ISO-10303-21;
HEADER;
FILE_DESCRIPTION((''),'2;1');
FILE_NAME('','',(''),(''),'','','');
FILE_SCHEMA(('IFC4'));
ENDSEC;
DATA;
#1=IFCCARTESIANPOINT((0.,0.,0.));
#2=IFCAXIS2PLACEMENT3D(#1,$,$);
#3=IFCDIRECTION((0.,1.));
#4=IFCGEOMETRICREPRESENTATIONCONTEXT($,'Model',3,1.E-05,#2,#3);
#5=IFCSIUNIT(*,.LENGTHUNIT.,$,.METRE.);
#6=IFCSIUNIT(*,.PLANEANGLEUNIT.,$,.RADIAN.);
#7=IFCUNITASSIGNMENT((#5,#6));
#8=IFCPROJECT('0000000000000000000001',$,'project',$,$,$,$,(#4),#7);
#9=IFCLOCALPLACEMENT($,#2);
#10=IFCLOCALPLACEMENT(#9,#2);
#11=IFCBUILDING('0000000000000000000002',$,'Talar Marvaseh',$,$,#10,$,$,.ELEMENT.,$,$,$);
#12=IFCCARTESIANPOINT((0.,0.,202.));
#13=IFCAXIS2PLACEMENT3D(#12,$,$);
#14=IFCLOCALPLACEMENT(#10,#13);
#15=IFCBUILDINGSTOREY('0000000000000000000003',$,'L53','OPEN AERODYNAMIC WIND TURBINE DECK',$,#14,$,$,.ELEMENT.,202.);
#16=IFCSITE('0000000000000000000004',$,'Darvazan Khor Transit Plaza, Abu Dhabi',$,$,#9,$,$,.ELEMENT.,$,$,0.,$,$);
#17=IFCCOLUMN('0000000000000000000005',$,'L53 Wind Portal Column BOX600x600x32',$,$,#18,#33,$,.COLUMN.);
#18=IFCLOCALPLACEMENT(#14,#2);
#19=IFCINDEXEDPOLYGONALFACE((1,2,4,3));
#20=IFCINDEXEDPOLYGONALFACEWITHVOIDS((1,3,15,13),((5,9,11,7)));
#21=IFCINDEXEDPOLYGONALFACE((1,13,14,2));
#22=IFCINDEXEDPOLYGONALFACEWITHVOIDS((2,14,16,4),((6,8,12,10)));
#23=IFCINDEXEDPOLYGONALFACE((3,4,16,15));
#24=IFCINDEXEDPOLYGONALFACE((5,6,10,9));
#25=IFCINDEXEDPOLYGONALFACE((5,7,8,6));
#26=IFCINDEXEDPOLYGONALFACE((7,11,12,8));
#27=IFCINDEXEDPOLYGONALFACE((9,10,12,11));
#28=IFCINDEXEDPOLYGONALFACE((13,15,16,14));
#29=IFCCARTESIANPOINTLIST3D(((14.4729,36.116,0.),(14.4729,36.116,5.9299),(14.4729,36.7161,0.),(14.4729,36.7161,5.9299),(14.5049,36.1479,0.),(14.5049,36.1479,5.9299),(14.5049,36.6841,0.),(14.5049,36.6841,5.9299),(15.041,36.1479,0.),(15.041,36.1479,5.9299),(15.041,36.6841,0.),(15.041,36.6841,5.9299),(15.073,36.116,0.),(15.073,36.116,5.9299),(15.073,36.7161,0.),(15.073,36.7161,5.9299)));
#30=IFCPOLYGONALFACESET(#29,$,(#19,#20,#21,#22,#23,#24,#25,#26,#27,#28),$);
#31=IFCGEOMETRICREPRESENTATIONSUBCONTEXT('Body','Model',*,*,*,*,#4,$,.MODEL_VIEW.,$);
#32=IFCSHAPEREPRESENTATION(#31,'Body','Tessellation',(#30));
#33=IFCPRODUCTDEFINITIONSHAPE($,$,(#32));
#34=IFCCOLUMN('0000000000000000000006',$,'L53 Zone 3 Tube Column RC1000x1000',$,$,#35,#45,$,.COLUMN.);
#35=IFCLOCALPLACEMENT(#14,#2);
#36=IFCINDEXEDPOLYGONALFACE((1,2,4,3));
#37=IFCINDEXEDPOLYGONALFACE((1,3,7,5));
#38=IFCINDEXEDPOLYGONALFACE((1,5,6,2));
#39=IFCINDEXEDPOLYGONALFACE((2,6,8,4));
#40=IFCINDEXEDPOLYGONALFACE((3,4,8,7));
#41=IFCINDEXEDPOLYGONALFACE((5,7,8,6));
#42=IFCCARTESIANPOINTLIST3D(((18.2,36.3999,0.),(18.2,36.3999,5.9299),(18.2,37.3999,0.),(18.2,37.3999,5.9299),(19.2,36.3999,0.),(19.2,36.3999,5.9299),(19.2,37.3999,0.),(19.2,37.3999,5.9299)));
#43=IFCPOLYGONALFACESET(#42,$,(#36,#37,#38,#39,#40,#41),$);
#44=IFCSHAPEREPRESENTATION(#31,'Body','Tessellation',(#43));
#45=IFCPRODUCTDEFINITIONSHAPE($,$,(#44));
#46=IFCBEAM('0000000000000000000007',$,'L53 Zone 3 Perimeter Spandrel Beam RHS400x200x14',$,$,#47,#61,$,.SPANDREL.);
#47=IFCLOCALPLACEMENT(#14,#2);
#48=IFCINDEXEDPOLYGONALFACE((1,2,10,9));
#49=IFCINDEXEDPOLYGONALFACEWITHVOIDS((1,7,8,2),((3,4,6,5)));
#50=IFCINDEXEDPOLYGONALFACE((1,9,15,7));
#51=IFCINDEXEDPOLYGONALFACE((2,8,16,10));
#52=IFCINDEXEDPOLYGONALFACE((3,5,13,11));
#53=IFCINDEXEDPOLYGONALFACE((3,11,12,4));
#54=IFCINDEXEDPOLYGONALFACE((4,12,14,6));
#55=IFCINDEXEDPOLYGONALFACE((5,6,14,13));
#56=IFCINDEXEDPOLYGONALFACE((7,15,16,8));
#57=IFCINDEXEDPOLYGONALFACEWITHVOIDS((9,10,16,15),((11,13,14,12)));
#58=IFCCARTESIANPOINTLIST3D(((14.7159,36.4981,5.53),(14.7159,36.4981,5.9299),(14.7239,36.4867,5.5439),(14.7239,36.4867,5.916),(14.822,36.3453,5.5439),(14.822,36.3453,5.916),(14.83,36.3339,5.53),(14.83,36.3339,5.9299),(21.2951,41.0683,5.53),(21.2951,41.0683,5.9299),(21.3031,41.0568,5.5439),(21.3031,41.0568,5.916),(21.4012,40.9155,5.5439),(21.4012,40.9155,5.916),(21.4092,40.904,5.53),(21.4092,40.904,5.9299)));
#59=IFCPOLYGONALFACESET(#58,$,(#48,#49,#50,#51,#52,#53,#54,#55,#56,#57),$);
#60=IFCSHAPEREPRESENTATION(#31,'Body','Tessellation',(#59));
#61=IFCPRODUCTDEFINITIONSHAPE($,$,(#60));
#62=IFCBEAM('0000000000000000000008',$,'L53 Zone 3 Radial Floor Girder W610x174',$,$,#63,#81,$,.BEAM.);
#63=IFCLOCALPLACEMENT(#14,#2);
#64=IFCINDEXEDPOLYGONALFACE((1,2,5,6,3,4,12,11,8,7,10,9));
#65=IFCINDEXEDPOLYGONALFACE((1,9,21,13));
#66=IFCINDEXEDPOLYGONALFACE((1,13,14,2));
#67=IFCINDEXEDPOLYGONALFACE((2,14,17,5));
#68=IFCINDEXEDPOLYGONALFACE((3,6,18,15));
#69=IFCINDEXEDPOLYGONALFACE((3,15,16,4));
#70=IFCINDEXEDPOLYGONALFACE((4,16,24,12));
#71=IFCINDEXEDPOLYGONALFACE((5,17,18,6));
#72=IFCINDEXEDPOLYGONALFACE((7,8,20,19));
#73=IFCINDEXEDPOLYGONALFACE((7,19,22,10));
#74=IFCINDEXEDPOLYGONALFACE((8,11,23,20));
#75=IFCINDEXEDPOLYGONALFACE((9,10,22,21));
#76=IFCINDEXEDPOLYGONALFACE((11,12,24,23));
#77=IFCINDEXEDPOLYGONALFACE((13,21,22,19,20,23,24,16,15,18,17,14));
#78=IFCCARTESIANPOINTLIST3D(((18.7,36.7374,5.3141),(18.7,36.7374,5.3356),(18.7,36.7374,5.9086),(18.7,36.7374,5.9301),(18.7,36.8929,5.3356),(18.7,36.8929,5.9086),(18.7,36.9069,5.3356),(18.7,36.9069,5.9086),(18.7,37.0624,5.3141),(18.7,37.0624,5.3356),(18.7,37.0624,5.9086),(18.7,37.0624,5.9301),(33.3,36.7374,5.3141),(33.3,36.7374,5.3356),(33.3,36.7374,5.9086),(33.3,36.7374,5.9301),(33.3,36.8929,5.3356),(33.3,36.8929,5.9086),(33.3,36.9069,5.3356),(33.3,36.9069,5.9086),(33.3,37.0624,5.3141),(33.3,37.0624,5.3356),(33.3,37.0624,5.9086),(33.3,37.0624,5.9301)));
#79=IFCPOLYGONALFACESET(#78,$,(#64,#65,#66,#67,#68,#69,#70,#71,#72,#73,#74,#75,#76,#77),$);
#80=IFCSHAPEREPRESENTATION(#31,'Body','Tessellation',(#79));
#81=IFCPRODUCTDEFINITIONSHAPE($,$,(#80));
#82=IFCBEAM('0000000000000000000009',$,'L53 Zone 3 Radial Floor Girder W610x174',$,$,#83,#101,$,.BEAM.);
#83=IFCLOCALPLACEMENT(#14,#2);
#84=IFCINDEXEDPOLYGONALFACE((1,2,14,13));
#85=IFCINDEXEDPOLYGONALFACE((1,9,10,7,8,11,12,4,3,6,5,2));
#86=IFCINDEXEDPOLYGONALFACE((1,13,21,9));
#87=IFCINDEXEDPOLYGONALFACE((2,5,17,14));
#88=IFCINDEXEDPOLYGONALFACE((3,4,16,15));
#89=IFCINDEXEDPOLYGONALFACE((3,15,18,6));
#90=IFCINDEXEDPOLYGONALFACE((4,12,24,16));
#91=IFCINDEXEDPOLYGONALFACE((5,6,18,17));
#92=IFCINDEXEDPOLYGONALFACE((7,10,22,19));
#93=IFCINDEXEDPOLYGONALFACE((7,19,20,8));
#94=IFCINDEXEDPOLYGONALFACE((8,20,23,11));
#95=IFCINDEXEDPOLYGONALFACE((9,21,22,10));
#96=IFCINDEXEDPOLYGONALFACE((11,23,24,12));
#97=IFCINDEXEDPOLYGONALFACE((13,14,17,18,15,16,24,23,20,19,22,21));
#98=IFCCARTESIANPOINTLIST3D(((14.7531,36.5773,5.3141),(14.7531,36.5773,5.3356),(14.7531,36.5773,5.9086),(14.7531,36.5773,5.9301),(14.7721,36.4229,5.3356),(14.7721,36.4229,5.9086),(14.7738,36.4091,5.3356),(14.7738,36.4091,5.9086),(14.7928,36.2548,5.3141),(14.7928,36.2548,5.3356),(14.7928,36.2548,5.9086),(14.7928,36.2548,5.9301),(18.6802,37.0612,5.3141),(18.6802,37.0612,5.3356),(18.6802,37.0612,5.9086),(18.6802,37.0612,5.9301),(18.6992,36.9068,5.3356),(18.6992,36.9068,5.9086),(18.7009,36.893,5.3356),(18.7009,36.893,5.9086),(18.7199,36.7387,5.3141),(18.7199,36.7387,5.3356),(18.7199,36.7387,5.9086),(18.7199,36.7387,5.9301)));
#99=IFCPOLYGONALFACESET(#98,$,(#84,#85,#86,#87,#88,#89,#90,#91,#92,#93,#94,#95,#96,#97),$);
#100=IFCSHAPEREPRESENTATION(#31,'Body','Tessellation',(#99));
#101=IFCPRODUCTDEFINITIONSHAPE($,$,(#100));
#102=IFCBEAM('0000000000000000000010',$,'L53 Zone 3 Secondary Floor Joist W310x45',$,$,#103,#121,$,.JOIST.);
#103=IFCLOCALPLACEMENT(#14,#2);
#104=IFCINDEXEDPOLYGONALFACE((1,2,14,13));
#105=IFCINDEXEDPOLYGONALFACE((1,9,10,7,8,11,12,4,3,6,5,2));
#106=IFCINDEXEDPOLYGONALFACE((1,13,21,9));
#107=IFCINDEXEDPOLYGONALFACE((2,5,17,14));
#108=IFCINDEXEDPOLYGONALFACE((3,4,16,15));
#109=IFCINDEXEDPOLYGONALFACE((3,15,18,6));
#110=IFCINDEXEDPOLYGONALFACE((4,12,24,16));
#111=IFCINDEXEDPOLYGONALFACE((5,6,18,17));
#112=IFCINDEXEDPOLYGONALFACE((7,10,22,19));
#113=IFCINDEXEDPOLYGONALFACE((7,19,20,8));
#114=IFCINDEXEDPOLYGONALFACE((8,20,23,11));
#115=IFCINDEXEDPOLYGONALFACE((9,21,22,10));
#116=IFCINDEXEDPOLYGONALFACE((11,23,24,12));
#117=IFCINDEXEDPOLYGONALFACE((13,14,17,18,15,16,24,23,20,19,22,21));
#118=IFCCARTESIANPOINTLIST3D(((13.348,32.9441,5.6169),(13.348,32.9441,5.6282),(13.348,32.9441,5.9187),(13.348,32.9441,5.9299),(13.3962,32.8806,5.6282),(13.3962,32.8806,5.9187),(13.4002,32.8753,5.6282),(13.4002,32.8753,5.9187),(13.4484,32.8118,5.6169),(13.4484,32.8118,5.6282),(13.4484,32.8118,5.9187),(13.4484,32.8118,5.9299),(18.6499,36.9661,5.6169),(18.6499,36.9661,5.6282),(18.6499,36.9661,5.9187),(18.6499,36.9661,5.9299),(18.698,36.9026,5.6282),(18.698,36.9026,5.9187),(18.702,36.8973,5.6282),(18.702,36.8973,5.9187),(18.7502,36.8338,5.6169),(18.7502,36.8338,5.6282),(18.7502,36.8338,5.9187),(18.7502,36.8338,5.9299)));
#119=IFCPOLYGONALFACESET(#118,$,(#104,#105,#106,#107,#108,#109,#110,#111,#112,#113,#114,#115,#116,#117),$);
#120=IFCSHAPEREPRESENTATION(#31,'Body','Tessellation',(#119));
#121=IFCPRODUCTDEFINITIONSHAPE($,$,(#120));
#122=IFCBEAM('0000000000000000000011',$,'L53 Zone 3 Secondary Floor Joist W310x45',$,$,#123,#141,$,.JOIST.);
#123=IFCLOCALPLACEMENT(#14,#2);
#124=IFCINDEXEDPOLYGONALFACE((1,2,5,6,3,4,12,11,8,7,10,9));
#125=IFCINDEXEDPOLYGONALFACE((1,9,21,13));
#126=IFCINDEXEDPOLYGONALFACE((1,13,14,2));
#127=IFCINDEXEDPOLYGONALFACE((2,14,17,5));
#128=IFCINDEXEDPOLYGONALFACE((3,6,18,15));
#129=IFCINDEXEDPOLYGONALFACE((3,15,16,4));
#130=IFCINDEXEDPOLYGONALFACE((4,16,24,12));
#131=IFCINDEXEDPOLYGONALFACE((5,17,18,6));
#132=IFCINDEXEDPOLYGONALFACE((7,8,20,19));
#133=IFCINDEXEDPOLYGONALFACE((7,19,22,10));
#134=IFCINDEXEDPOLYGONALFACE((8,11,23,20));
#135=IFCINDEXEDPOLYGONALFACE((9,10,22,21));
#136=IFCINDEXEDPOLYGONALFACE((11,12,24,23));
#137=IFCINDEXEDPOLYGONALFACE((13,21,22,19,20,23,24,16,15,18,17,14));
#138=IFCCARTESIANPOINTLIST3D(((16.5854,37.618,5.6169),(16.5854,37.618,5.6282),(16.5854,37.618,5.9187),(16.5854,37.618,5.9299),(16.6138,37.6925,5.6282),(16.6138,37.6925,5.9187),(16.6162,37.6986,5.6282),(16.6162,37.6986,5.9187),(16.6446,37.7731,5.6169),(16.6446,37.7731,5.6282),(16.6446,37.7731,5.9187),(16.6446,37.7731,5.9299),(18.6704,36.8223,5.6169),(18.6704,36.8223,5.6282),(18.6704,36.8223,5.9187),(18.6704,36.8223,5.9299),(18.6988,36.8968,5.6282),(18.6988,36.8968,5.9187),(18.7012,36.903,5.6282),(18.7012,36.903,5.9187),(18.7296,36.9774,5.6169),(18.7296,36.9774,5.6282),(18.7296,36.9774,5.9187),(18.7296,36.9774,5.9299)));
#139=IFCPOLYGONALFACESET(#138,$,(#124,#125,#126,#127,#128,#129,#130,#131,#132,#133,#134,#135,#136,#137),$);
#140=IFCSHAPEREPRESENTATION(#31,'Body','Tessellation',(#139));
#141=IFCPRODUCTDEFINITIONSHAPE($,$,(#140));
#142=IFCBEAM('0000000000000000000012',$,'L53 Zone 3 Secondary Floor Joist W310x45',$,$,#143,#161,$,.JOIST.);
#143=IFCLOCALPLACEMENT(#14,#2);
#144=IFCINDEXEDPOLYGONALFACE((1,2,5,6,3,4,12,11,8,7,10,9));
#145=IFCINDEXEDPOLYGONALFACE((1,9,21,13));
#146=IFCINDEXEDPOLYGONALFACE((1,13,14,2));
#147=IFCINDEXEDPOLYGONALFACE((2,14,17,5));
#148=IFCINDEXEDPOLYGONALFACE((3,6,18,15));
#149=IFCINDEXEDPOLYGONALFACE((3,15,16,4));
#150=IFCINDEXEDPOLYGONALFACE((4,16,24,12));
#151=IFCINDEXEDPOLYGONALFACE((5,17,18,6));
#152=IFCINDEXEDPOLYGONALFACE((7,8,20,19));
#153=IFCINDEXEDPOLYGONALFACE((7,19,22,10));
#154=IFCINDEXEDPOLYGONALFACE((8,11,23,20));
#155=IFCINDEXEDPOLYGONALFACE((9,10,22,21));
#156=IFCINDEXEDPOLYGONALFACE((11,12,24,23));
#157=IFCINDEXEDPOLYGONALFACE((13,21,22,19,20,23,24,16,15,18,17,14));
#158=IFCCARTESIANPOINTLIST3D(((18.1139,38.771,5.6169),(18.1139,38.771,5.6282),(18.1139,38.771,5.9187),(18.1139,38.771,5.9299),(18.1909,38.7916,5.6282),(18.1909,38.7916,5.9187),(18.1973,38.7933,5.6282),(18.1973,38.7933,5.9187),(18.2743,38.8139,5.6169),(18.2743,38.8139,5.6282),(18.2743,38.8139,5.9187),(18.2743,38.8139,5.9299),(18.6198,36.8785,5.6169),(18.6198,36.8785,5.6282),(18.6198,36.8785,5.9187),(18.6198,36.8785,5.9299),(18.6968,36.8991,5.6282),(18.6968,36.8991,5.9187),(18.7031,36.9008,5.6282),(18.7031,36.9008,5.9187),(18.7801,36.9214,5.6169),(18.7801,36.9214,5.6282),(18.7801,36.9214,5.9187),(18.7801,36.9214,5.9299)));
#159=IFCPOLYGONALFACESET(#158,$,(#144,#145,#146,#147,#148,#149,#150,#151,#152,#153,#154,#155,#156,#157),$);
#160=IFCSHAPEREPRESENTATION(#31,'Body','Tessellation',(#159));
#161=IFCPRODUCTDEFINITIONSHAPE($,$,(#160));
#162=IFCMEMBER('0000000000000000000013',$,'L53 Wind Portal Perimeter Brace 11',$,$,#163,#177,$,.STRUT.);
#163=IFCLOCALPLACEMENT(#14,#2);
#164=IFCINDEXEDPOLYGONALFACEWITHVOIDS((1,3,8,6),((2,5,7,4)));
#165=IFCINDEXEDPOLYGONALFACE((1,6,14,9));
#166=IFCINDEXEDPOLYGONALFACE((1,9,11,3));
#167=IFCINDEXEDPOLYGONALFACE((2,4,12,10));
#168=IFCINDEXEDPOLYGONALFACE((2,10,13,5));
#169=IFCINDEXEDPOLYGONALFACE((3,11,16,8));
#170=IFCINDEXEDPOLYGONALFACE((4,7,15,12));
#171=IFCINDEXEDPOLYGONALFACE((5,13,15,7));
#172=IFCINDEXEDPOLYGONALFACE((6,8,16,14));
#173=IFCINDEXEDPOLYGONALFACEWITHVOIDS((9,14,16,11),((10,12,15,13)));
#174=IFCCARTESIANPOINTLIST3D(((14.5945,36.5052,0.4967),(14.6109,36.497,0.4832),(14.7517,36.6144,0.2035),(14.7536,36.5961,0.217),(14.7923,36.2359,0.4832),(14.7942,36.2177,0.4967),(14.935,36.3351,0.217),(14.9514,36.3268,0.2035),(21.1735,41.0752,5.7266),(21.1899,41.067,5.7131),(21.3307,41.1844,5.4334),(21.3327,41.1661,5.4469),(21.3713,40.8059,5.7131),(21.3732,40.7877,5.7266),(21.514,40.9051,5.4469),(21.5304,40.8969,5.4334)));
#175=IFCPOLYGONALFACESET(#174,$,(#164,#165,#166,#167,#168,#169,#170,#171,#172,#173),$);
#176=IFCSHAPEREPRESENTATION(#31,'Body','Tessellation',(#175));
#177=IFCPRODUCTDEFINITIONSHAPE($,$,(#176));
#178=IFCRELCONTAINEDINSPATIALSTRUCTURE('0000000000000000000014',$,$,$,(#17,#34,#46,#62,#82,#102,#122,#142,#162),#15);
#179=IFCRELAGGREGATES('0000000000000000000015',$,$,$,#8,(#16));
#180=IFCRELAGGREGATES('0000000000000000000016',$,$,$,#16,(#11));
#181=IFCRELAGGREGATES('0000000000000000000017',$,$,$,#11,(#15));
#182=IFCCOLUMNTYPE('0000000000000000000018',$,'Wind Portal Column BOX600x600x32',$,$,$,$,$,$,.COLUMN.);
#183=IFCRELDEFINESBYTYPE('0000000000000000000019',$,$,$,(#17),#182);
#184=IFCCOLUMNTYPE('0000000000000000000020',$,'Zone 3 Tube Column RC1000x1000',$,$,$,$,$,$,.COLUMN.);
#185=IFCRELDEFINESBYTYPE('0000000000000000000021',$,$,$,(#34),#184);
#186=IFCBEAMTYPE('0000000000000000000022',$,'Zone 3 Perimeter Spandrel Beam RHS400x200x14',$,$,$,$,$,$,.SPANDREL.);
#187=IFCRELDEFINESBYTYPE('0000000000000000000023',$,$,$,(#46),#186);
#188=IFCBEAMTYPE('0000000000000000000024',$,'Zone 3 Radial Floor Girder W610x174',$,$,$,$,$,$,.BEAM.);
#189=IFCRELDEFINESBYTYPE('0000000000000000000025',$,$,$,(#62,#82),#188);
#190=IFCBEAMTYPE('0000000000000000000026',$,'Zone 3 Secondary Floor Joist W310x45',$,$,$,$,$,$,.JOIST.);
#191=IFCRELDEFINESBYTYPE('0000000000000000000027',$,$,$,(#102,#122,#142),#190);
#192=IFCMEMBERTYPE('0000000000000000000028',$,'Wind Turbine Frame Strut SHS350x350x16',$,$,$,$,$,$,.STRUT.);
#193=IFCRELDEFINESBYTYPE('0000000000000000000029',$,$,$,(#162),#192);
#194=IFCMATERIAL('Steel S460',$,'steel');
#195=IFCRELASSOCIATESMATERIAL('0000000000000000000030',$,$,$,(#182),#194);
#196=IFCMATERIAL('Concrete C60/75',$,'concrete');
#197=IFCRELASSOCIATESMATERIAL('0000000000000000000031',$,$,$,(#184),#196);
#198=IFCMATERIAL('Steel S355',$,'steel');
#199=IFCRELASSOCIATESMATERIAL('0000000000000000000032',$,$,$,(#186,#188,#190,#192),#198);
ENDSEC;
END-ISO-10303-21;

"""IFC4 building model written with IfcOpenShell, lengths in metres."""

from ifc_helpers import new_model, si_unit, direction, frame, origin, origin_2d, place, context, subcontext, project, spatial, rectangle, hollow_rectangle, i_section, extrude, source, transform, mapped, material, material_profile, profile_set, type_object, type_shapes, element, save


model = new_model("IFC4")

# Units and contexts
model_context = context("Model", 3, precision=1e-05, world=origin(), true_north=direction((0.0, 1.0)))
body_context = subcontext(model_context, "Body", "Model", "MODEL_VIEW")
ifc_project = project(units=[si_unit("LENGTHUNIT", "METRE"), si_unit("PLANEANGLEUNIT", "RADIAN")], contexts=[model_context])

# Site, building, storey
site_placement = place(None, origin())
site = spatial("IfcSite", under=ifc_project, at=site_placement, Name="Darvazan Khor Transit Plaza, Abu Dhabi", CompositionType="ELEMENT", RefElevation=0.0)
building_placement = place(site_placement, origin())
building = spatial("IfcBuilding", under=site, at=building_placement, Name="Talar Marvaseh", CompositionType="ELEMENT")
storey_placement = place(building_placement, frame((0.0, 0.0, 202.0)))
storey = spatial("IfcBuildingStorey", under=building, at=storey_placement, Name="L53", Description="OPEN AERODYNAMIC WIND TURBINE DECK", CompositionType="ELEMENT", Elevation=202.0)

# Columns
ifc_material_1 = material(Name="Steel S460", Category="steel")
ifc_material_profile_1 = material_profile(ifc_material_1, hollow_rectangle(XDim=0.6001, YDim=0.6001, WallThickness=0.032, at=origin_2d()), Name="BOX600x600x32")
ifc_profile_set_1 = profile_set([ifc_material_profile_1], Name="Steel S460")
column_type_1 = type_object("IfcColumnType", Name="Wind Portal Column BOX600x600x32", PredefinedType="COLUMN", material=ifc_profile_set_1)
column_1_placement = place(storey_placement, frame((14.7729, 36.416, 0.0), z_axis=(0.0, 0.0, 1.0), x_axis=(1.0, 0.0, 0.0)))
element("IfcColumn", 1, at=column_1_placement, inside=storey, type_object=column_type_1, Name="L53 Wind Portal Column BOX600x600x32", PredefinedType="COLUMN", context=body_context, shape_type="SweptSolid", body=[
    extrude(hollow_rectangle(XDim=0.6001, YDim=0.6001, WallThickness=0.032, at=origin_2d()), origin(), (0.0, 0.0, 1.0), 5.9299),
])
ifc_material_2 = material(Name="Concrete C60/75", Category="concrete")
ifc_material_profile_2 = material_profile(ifc_material_2, rectangle(XDim=1.0, YDim=1.0, at=origin_2d()), Name="RC1000x1000")
ifc_profile_set_2 = profile_set([ifc_material_profile_2], Name="Concrete C60/75")
column_type_2 = type_object("IfcColumnType", Name="Zone 3 Tube Column RC1000x1000", PredefinedType="COLUMN", material=ifc_profile_set_2)
column_2_placement = place(storey_placement, frame((18.7, 36.8999, 0.0), z_axis=(0.0, 0.0, 1.0), x_axis=(1.0, 0.0, 0.0)))
element("IfcColumn", 2, at=column_2_placement, inside=storey, type_object=column_type_2, Name="L53 Zone 3 Tube Column RC1000x1000", PredefinedType="COLUMN", context=body_context, shape_type="SweptSolid", body=[
    extrude(rectangle(XDim=1.0, YDim=1.0, at=origin_2d()), origin(), (0.0, 0.0, 1.0), 5.9299),
])

# Beams
ifc_material_3 = material(Name="Steel S355", Category="steel")
ifc_material_profile_3 = material_profile(ifc_material_3, hollow_rectangle(XDim=0.2, YDim=0.3999, WallThickness=0.0139, at=origin_2d()), Name="RHS400x200x14")
ifc_profile_set_3 = profile_set([ifc_material_profile_3], Name="Steel S355")
beam_type_1 = type_object("IfcBeamType", Name="Zone 3 Perimeter Spandrel Beam RHS400x200x14", PredefinedType="SPANDREL", material=ifc_profile_set_3)
beam_1_placement = place(storey_placement, frame((14.7729, 36.416, 5.73), z_axis=(0.821297, 0.570501, 0.0), x_axis=(-0.570501, 0.821297, 0.0)))
element("IfcBeam", 3, at=beam_1_placement, inside=storey, type_object=beam_type_1, Name="L53 Zone 3 Perimeter Spandrel Beam RHS400x200x14", PredefinedType="SPANDREL", context=body_context, shape_type="SweptSolid", body=[
    extrude(hollow_rectangle(XDim=0.2, YDim=0.3999, WallThickness=0.0139, at=origin_2d()), origin(), (0.0, 0.0, 1.0), 8.0107),
])
ifc_material_profile_4 = material_profile(ifc_material_3, i_section(OverallWidth=0.325, OverallDepth=0.616, WebThickness=0.0139, FlangeThickness=0.0215, at=origin_2d()), Name="W610x174")
ifc_profile_set_4 = profile_set([ifc_material_profile_4], Name="Steel S355")
beam_type_2 = type_object("IfcBeamType", Name="Zone 3 Radial Floor Girder W610x174", PredefinedType="BEAM", material=ifc_profile_set_4)
beam_2_placement = place(storey_placement, frame((18.7, 36.8999, 5.6221), z_axis=(1.0, 0.0, 0.0), x_axis=(0.0, 1.0, 0.0)))
element("IfcBeam", 4, at=beam_2_placement, inside=storey, type_object=beam_type_2, Name="L53 Zone 3 Radial Floor Girder W610x174", PredefinedType="BEAM", context=body_context, shape_type="SweptSolid", body=[
    extrude(i_section(OverallWidth=0.325, OverallDepth=0.616, WebThickness=0.0139, FlangeThickness=0.0215, at=origin_2d()), origin(), (0.0, 0.0, 1.0), 14.6001),
])
beam_3_placement = place(storey_placement, frame((14.7729, 36.416, 5.6221), z_axis=(0.992494, 0.122295, 0.0), x_axis=(-0.122295, 0.992494, 0.0)))
element("IfcBeam", 5, at=beam_3_placement, inside=storey, type_object=beam_type_2, Name="L53 Zone 3 Radial Floor Girder W610x174", PredefinedType="BEAM", context=body_context, shape_type="SweptSolid", body=[
    extrude(i_section(OverallWidth=0.325, OverallDepth=0.616, WebThickness=0.0139, FlangeThickness=0.0215, at=origin_2d()), origin(), (0.0, 0.0, 1.0), 3.9568),
])
ifc_material_profile_5 = material_profile(ifc_material_3, i_section(OverallWidth=0.166, OverallDepth=0.313, WebThickness=0.0066, FlangeThickness=0.0112, at=origin_2d()), Name="W310x45")
ifc_profile_set_5 = profile_set([ifc_material_profile_5], Name="Steel S355")
beam_type_3 = type_object("IfcBeamType", Name="Zone 3 Secondary Floor Joist W310x45", PredefinedType="JOIST", material=ifc_profile_set_5)
beam_4_placement = place(storey_placement, frame((13.3982, 32.8779, 5.7734), z_axis=(0.796695, 0.604382, 0.0), x_axis=(-0.604382, 0.796695, 0.0)))
element("IfcBeam", 6, at=beam_4_placement, inside=storey, type_object=beam_type_3, Name="L53 Zone 3 Secondary Floor Joist W310x45", PredefinedType="JOIST", context=body_context, shape_type="SweptSolid", body=[
    extrude(i_section(OverallWidth=0.166, OverallDepth=0.313, WebThickness=0.0066, FlangeThickness=0.0112, at=origin_2d()), origin(), (0.0, 0.0, 1.0), 6.6548),
])
beam_5_placement = place(storey_placement, frame((16.615, 37.6956, 5.7734), z_axis=(0.934281, -0.356537, 0.0), x_axis=(0.356537, 0.934281, 0.0)))
element("IfcBeam", 7, at=beam_5_placement, inside=storey, type_object=beam_type_3, Name="L53 Zone 3 Secondary Floor Joist W310x45", PredefinedType="JOIST", context=body_context, shape_type="SweptSolid", body=[
    extrude(i_section(OverallWidth=0.166, OverallDepth=0.313, WebThickness=0.0066, FlangeThickness=0.0112, at=origin_2d()), origin(), (0.0, 0.0, 1.0), 2.2317),
])
beam_6_placement = place(storey_placement, frame((18.1941, 38.7925, 5.7734), z_axis=(0.258221, -0.966086, 0.0), x_axis=(0.966086, 0.258221, 0.0)))
element("IfcBeam", 8, at=beam_6_placement, inside=storey, type_object=beam_type_3, Name="L53 Zone 3 Secondary Floor Joist W310x45", PredefinedType="JOIST", context=body_context, shape_type="SweptSolid", body=[
    extrude(i_section(OverallWidth=0.166, OverallDepth=0.313, WebThickness=0.0066, FlangeThickness=0.0112, at=origin_2d()), origin(), (0.0, 0.0, 1.0), 1.959),
])

# Member
ifc_material_profile_6 = material_profile(ifc_material_3, hollow_rectangle(XDim=0.3501, YDim=0.3501, WallThickness=0.0161, at=origin_2d()), Name="SHS350x350x16")
ifc_profile_set_6 = profile_set([ifc_material_profile_6], Name="Steel S355")
member_type = type_object("IfcMemberType", Name="Wind Turbine Frame Strut SHS350x350x16", PredefinedType="STRUT", material=ifc_profile_set_6)
shared_shape_1 = source(origin(), body_context, "Body", "SweptSolid", [
    extrude(hollow_rectangle(XDim=0.3501, YDim=0.3501, WallThickness=0.0161, at=origin_2d()), origin(), (0.0, 0.0, 1.0), 9.5667),
])
type_shapes(member_type, [shared_shape_1])
member_placement = place(storey_placement, frame((14.7729, 36.416, 0.3501), z_axis=(0.687705, 0.477703, 0.546683), x_axis=(-0.570501, 0.821297, 0.0)))
element("IfcMember", 9, at=member_placement, inside=storey, type_object=member_type, Name="L53 Wind Portal Perimeter Brace 11", PredefinedType="STRUT", context=body_context, shape_type="MappedRepresentation", body=[
    mapped(shared_shape_1, transform((0.0, 0.0, 0.0), x_axis=(1.0, 0.0, 0.0), y_axis=(0.0, 1.0, 0.0), z_axis=(0.0, 0.0, 1.0), scale=1.0)),
])

save(model, "model.ifc")
